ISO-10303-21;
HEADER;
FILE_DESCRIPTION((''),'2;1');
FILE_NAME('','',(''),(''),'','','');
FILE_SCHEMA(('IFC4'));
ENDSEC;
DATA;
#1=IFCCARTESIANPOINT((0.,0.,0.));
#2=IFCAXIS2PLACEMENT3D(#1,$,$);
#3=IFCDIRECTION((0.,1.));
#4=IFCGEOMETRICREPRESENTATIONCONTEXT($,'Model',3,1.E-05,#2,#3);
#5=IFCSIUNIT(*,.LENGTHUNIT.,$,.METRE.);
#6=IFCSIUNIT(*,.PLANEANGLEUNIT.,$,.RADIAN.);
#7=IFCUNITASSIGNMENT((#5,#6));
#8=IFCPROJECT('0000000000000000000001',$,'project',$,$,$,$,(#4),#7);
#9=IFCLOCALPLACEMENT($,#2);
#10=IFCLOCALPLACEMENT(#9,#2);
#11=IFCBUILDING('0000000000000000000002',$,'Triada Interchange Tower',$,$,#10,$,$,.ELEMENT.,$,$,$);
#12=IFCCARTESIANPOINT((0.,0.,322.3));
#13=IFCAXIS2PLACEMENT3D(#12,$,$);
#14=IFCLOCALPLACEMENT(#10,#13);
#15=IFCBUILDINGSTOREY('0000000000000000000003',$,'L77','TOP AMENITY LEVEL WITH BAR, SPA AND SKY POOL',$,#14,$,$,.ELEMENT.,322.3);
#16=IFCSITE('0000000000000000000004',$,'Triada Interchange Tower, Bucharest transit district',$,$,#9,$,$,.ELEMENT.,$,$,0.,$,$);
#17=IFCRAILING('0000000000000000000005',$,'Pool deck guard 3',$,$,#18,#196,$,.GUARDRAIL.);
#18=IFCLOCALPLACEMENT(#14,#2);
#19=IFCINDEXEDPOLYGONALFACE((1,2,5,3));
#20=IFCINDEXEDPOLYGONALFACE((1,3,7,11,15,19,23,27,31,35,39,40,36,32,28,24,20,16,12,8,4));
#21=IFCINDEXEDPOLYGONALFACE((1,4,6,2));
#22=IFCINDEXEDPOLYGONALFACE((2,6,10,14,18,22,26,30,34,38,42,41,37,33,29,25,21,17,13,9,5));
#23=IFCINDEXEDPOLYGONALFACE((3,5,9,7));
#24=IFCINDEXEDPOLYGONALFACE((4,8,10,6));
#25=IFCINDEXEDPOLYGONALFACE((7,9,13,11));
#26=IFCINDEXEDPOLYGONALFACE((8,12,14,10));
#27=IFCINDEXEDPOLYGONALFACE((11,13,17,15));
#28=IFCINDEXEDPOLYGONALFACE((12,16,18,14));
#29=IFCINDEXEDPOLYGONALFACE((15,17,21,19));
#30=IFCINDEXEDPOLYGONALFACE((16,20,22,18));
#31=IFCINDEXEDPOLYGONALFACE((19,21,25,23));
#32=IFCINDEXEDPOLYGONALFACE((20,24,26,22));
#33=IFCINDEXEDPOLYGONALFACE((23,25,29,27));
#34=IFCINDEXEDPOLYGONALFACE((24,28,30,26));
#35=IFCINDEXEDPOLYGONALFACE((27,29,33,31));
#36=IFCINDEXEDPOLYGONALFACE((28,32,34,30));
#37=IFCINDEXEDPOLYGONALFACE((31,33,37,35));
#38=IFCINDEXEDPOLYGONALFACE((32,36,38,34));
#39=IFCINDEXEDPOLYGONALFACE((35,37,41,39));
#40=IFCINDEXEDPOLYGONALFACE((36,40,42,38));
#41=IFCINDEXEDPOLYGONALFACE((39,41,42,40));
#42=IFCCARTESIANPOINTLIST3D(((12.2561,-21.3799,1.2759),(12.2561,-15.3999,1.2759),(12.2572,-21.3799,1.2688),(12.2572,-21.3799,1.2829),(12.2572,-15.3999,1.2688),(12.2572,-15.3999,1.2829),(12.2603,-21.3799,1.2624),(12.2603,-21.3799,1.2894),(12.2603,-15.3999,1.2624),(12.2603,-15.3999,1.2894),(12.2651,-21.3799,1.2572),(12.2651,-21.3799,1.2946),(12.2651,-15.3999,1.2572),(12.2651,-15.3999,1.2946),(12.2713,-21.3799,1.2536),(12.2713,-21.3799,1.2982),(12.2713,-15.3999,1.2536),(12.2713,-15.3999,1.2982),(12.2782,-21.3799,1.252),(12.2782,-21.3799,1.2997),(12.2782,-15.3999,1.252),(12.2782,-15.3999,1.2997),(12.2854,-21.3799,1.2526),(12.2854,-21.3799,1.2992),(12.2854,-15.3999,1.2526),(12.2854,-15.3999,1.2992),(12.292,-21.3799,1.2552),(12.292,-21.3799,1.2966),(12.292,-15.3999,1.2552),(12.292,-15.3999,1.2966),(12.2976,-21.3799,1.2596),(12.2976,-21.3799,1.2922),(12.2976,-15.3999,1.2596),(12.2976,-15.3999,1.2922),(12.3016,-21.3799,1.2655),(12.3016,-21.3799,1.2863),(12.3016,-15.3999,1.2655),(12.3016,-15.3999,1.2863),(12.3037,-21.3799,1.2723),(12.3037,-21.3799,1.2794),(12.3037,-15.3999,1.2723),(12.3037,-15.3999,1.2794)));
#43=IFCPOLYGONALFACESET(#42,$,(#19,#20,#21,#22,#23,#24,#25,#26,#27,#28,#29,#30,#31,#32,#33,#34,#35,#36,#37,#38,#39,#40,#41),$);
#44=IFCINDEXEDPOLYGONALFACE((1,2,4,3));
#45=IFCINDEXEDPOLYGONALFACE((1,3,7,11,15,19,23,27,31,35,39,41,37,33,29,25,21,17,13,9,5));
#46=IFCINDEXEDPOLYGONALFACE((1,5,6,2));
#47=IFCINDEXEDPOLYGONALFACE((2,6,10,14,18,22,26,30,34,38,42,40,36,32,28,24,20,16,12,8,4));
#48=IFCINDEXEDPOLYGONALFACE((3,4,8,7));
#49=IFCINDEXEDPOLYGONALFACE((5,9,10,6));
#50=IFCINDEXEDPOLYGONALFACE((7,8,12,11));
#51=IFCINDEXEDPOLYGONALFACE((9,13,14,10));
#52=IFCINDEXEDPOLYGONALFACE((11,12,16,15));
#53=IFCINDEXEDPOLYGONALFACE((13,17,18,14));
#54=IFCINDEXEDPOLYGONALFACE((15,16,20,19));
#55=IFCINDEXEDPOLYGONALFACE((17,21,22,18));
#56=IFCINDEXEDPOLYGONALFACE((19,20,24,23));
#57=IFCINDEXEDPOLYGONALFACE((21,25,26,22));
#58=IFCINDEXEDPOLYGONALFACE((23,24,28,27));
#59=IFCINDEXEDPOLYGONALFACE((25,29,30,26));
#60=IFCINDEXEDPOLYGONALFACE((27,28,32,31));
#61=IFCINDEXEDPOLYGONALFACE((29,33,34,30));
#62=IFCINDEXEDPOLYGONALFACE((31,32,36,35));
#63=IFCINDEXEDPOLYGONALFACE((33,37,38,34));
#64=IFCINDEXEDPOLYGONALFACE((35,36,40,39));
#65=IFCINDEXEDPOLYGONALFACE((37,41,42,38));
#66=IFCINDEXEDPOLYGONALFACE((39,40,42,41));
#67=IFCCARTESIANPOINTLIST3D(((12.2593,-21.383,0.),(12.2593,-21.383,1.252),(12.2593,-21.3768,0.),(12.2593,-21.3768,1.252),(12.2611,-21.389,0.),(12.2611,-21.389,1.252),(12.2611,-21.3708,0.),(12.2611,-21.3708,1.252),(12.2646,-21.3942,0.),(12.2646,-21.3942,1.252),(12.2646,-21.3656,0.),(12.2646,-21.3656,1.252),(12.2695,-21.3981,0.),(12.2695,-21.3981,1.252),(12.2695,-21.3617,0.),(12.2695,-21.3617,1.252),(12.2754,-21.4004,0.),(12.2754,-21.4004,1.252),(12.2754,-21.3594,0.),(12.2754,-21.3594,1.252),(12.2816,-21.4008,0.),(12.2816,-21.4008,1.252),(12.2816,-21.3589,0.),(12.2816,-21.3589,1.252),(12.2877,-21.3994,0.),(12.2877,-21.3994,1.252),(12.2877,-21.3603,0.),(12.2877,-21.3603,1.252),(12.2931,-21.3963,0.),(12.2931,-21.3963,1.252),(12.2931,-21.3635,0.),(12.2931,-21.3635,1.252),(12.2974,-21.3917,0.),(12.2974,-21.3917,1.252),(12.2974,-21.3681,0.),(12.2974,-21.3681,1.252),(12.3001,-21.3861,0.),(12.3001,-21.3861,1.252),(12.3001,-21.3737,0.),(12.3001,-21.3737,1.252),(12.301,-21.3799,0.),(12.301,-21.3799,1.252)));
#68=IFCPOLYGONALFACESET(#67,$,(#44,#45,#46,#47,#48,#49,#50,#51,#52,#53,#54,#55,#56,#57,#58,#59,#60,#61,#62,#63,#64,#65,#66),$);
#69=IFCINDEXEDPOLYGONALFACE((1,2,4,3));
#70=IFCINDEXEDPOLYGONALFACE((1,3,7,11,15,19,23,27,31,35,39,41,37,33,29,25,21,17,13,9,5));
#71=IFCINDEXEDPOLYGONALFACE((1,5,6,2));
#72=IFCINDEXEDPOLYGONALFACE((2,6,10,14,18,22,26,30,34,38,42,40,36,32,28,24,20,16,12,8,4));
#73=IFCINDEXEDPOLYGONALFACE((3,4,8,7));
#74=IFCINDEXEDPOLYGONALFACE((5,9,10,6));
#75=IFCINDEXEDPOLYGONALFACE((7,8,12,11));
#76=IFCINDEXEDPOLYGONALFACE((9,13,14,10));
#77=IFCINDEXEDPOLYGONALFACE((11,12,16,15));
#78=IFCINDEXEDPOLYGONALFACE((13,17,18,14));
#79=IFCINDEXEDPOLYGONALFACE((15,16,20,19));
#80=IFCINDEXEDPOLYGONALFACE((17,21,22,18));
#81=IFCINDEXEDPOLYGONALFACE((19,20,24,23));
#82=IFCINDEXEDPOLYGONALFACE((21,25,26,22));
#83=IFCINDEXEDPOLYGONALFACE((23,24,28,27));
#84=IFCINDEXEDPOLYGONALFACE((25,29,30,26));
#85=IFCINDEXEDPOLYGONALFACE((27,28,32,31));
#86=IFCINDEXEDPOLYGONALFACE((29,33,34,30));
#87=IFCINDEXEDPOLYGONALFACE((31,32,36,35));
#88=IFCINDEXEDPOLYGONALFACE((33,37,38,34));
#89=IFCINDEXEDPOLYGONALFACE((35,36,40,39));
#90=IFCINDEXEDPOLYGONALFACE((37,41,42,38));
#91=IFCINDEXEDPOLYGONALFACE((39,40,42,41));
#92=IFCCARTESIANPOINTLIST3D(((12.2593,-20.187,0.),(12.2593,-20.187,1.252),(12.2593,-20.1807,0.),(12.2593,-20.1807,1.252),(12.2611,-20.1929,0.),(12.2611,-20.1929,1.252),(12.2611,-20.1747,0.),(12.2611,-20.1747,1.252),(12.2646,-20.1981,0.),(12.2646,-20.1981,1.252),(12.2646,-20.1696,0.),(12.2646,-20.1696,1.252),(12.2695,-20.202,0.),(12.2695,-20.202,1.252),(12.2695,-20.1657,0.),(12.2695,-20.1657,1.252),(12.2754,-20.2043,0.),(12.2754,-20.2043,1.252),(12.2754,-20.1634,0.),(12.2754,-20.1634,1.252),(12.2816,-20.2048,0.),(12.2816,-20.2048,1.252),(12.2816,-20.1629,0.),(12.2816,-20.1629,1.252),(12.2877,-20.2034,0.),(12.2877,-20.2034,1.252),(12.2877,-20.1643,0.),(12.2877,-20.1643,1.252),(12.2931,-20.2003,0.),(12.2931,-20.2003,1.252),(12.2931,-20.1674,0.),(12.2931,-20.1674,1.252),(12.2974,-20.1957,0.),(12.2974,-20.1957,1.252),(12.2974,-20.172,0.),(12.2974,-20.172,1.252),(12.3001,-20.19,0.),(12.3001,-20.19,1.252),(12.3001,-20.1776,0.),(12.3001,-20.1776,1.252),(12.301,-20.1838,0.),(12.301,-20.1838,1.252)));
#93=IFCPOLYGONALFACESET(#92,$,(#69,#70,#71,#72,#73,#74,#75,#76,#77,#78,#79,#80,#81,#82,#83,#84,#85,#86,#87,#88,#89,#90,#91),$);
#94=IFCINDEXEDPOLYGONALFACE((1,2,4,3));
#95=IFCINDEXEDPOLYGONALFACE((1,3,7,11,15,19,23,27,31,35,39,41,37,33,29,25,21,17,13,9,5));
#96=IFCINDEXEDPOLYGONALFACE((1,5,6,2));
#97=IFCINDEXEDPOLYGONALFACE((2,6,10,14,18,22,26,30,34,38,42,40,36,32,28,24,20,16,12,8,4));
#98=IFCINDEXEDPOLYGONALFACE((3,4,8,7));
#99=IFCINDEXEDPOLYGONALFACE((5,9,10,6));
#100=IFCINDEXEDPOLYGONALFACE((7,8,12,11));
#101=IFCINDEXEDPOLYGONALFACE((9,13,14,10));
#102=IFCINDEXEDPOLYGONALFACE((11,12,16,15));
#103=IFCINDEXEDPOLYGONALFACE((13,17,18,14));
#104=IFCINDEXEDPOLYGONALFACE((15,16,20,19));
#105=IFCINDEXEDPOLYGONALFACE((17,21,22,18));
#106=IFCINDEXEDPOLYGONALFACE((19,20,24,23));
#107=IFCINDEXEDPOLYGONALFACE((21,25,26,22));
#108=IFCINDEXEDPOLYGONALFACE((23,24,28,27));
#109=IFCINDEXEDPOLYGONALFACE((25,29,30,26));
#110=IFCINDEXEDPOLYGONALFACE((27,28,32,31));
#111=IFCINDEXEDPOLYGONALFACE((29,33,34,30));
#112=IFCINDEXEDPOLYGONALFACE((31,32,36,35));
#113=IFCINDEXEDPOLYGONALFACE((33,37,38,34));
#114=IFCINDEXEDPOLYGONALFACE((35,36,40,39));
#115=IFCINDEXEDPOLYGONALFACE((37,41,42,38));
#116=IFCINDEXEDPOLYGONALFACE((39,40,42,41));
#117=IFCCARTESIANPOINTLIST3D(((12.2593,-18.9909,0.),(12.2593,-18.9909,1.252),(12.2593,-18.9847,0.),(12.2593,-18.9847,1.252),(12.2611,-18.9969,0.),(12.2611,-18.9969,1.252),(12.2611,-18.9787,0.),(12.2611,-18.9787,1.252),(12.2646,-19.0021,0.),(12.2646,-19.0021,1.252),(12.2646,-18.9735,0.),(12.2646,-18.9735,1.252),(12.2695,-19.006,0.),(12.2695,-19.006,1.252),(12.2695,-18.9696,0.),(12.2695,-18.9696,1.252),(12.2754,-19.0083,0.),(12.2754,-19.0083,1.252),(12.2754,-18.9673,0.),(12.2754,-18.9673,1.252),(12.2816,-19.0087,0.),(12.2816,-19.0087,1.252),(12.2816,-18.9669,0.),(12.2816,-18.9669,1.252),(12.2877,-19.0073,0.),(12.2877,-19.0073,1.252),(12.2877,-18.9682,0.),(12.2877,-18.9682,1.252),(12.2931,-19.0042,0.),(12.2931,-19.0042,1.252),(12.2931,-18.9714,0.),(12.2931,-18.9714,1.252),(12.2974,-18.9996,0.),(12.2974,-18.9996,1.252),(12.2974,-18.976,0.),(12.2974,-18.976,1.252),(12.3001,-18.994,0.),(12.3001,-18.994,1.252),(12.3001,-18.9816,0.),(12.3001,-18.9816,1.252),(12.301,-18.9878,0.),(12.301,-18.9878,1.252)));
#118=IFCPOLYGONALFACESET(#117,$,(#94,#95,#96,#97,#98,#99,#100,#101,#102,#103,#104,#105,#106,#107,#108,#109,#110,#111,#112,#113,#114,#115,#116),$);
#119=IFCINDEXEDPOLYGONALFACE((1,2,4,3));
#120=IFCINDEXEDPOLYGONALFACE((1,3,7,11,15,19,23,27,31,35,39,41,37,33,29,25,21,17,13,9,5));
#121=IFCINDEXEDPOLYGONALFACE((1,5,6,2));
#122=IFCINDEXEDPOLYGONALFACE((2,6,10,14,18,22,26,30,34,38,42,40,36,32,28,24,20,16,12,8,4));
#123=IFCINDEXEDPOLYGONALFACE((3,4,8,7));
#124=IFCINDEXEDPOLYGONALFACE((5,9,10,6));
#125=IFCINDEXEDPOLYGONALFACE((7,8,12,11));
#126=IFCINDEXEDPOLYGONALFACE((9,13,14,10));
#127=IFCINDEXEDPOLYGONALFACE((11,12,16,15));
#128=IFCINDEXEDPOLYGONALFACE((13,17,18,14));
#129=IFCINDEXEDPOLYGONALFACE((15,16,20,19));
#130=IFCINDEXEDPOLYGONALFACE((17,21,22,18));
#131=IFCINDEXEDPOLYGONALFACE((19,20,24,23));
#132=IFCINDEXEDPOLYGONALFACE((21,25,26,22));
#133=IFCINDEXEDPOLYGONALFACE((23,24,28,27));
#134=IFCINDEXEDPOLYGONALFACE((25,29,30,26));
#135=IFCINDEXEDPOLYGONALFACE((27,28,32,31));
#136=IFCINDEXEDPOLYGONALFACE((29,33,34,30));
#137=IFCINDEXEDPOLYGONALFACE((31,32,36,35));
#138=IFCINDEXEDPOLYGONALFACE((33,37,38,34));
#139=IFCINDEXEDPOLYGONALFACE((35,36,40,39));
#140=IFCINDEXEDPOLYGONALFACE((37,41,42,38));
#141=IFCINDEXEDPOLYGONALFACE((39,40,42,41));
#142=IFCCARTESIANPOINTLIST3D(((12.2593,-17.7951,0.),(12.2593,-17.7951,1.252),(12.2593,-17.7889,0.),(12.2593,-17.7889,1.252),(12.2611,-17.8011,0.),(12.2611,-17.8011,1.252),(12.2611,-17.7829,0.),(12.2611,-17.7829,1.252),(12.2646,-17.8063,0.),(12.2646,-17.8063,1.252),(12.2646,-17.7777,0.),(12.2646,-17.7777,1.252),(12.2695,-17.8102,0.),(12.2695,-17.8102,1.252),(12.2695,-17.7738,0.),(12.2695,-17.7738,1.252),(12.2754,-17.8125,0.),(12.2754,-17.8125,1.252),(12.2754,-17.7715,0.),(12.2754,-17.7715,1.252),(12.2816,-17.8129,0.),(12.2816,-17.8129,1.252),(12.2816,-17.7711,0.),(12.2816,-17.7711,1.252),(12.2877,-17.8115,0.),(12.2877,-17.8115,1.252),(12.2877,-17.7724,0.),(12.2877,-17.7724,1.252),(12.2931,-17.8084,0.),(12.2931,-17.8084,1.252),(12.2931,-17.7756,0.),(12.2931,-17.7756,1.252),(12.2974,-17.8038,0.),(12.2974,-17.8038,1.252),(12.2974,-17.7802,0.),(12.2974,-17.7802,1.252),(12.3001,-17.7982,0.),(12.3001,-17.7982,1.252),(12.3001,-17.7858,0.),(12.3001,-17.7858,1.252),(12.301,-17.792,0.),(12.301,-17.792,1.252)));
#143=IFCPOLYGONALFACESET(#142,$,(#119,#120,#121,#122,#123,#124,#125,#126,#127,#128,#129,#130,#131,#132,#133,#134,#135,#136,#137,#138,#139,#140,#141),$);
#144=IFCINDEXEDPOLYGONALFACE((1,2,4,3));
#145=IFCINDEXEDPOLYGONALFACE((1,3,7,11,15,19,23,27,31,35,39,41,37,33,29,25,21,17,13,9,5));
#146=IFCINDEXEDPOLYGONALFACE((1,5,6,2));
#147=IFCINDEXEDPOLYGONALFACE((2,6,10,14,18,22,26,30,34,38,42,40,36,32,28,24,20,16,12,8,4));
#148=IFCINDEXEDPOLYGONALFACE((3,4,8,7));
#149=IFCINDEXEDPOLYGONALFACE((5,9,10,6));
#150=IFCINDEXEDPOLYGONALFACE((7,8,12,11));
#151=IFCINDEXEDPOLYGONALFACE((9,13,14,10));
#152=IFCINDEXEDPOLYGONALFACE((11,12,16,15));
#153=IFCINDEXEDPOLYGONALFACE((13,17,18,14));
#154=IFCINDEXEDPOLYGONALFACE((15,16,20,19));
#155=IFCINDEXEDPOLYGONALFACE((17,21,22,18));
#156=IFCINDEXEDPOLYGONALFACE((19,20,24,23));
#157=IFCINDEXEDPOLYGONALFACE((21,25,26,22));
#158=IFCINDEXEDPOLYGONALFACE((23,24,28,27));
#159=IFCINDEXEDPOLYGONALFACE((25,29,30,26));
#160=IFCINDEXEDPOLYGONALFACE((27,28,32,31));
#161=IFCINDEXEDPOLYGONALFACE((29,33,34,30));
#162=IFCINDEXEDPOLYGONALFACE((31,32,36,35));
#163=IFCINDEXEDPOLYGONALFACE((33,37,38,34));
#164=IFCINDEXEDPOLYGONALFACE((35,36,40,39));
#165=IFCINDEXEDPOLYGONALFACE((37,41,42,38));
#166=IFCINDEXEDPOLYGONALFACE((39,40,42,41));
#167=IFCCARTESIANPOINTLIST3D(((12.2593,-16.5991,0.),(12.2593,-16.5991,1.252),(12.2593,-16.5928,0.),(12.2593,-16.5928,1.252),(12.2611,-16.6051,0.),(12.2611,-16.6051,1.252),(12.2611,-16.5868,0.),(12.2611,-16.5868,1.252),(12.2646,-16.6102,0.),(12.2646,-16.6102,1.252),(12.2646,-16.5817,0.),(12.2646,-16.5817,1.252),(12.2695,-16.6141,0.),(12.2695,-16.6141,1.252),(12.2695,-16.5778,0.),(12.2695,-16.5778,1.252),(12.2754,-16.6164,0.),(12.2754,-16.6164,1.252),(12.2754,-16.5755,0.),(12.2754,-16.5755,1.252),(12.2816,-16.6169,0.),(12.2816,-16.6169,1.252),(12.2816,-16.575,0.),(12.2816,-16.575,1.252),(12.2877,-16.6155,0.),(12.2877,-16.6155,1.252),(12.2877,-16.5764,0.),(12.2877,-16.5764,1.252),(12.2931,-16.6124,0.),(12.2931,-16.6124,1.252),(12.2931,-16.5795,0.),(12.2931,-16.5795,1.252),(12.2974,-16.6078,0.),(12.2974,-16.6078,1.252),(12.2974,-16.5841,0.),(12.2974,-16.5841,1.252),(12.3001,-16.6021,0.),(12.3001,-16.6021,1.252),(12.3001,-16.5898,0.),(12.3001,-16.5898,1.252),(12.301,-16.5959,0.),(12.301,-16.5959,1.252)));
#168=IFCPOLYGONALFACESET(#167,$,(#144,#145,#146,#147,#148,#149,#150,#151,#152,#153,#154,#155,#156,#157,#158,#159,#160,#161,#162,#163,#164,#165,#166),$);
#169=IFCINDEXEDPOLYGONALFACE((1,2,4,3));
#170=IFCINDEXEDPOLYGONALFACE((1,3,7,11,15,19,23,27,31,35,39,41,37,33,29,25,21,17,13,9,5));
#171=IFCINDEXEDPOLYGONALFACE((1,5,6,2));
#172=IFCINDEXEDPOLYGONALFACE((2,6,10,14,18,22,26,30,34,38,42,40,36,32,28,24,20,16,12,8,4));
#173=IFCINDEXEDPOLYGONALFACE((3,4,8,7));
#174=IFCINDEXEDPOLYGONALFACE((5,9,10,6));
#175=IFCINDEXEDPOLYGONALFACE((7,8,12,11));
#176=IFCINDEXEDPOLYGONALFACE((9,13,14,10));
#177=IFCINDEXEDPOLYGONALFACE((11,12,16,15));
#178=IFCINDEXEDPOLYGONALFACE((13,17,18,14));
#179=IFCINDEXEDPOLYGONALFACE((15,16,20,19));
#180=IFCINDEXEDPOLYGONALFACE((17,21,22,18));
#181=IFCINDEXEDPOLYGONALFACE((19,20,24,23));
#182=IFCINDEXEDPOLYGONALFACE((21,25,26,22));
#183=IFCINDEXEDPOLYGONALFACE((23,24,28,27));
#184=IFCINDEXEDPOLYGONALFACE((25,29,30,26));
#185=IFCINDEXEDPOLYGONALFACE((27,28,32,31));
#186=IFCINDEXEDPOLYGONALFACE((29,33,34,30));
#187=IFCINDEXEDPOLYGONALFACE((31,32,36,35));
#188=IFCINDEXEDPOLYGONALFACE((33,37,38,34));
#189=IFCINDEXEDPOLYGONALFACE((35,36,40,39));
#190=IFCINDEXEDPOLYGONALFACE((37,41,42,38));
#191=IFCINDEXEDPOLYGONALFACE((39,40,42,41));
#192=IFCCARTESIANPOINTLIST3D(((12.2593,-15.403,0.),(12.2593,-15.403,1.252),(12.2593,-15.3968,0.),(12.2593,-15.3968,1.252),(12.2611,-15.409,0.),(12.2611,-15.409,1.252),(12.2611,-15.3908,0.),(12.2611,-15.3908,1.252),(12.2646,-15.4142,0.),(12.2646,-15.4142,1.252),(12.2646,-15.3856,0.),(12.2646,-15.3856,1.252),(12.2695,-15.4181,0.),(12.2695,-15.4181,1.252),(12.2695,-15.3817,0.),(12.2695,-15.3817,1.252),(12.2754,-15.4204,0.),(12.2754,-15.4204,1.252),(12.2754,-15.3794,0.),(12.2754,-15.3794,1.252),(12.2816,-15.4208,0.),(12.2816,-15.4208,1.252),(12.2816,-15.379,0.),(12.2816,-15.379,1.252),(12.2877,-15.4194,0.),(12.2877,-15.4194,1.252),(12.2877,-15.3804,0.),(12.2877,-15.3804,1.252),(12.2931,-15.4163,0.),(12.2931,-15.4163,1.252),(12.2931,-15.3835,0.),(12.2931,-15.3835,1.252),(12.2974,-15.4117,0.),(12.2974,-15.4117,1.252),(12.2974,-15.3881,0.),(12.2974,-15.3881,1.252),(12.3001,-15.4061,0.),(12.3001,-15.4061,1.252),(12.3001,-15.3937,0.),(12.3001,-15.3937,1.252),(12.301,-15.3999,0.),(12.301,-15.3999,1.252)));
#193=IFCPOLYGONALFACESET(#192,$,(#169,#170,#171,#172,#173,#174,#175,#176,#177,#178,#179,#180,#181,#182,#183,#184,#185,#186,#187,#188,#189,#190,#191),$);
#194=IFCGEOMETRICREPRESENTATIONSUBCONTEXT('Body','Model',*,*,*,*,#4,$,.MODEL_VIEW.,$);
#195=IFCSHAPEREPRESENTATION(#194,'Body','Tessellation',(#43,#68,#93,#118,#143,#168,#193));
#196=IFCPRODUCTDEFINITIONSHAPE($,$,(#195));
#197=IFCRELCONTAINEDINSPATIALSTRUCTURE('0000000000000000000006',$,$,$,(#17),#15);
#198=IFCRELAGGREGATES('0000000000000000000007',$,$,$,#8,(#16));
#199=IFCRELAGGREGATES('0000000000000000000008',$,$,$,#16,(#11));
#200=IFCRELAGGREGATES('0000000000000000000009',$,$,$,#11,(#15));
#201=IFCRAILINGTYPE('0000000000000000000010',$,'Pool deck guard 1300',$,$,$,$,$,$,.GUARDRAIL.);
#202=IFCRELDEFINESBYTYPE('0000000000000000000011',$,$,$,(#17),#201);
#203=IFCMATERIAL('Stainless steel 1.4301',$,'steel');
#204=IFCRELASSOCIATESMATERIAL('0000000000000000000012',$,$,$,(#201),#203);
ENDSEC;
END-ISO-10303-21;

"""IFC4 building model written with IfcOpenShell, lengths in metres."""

from ifc_helpers import new_model, si_unit, direction, frame, origin, origin_2d, place, context, subcontext, project, spatial, circle, extrude, material, type_object, element, save


model = new_model("IFC4")

# Units and contexts
model_context = context("Model", 3, precision=1e-05, world=origin(), true_north=direction((0.0, 1.0)))
body_context = subcontext(model_context, "Body", "Model", "MODEL_VIEW")
ifc_project = project(units=[si_unit("LENGTHUNIT", "METRE"), si_unit("PLANEANGLEUNIT", "RADIAN")], contexts=[model_context])

# Site, building, storey
site_placement = place(None, origin())
site = spatial("IfcSite", under=ifc_project, at=site_placement, Name="Triada Interchange Tower, Bucharest transit district", CompositionType="ELEMENT", RefElevation=0.0)
building_placement = place(site_placement, origin())
building = spatial("IfcBuilding", under=site, at=building_placement, Name="Triada Interchange Tower", CompositionType="ELEMENT")
storey_placement = place(building_placement, frame((0.0, 0.0, 322.3)))
storey = spatial("IfcBuildingStorey", under=building, at=storey_placement, Name="L77", Description="TOP AMENITY LEVEL WITH BAR, SPA AND SKY POOL", CompositionType="ELEMENT", Elevation=322.3)

# Railing
ifc_material_1 = material(Name="Stainless steel 1.4301", Category="steel")
railing_type = type_object("IfcRailingType", Name="Pool deck guard 1300", PredefinedType="GUARDRAIL", material=ifc_material_1)
railing_placement = place(storey_placement, frame((12.28, -21.3799, 0.0)))
element("IfcRailing", 1, at=railing_placement, inside=storey, type_object=railing_type, Name="Pool deck guard 3", PredefinedType="GUARDRAIL", context=body_context, shape_type="SweptSolid", body=[
    extrude(circle(Radius=0.0239, at=origin_2d()), frame((0.0, 0.0, 1.2759), z_axis=(0.0, 1.0, 0.0), x_axis=(-1.0, 0.0, 0.0)), (0.0, 0.0, 1.0), 5.98),
    extrude(circle(Radius=0.021, at=origin_2d()), origin(), (0.0, 0.0, 1.0), 1.252),
    extrude(circle(Radius=0.021, at=origin_2d()), frame((0.0, 1.196, 0.0)), (0.0, 0.0, 1.0), 1.252),
    extrude(circle(Radius=0.021, at=origin_2d()), frame((0.0, 2.3921, 0.0)), (0.0, 0.0, 1.0), 1.252),
    extrude(circle(Radius=0.021, at=origin_2d()), frame((0.0, 3.5879, 0.0)), (0.0, 0.0, 1.0), 1.252),
    extrude(circle(Radius=0.021, at=origin_2d()), frame((0.0, 4.7839, 0.0)), (0.0, 0.0, 1.0), 1.252),
    extrude(circle(Radius=0.021, at=origin_2d()), frame((0.0, 5.98, 0.0)), (0.0, 0.0, 1.0), 1.252),
])

save(model, "model.ifc")
